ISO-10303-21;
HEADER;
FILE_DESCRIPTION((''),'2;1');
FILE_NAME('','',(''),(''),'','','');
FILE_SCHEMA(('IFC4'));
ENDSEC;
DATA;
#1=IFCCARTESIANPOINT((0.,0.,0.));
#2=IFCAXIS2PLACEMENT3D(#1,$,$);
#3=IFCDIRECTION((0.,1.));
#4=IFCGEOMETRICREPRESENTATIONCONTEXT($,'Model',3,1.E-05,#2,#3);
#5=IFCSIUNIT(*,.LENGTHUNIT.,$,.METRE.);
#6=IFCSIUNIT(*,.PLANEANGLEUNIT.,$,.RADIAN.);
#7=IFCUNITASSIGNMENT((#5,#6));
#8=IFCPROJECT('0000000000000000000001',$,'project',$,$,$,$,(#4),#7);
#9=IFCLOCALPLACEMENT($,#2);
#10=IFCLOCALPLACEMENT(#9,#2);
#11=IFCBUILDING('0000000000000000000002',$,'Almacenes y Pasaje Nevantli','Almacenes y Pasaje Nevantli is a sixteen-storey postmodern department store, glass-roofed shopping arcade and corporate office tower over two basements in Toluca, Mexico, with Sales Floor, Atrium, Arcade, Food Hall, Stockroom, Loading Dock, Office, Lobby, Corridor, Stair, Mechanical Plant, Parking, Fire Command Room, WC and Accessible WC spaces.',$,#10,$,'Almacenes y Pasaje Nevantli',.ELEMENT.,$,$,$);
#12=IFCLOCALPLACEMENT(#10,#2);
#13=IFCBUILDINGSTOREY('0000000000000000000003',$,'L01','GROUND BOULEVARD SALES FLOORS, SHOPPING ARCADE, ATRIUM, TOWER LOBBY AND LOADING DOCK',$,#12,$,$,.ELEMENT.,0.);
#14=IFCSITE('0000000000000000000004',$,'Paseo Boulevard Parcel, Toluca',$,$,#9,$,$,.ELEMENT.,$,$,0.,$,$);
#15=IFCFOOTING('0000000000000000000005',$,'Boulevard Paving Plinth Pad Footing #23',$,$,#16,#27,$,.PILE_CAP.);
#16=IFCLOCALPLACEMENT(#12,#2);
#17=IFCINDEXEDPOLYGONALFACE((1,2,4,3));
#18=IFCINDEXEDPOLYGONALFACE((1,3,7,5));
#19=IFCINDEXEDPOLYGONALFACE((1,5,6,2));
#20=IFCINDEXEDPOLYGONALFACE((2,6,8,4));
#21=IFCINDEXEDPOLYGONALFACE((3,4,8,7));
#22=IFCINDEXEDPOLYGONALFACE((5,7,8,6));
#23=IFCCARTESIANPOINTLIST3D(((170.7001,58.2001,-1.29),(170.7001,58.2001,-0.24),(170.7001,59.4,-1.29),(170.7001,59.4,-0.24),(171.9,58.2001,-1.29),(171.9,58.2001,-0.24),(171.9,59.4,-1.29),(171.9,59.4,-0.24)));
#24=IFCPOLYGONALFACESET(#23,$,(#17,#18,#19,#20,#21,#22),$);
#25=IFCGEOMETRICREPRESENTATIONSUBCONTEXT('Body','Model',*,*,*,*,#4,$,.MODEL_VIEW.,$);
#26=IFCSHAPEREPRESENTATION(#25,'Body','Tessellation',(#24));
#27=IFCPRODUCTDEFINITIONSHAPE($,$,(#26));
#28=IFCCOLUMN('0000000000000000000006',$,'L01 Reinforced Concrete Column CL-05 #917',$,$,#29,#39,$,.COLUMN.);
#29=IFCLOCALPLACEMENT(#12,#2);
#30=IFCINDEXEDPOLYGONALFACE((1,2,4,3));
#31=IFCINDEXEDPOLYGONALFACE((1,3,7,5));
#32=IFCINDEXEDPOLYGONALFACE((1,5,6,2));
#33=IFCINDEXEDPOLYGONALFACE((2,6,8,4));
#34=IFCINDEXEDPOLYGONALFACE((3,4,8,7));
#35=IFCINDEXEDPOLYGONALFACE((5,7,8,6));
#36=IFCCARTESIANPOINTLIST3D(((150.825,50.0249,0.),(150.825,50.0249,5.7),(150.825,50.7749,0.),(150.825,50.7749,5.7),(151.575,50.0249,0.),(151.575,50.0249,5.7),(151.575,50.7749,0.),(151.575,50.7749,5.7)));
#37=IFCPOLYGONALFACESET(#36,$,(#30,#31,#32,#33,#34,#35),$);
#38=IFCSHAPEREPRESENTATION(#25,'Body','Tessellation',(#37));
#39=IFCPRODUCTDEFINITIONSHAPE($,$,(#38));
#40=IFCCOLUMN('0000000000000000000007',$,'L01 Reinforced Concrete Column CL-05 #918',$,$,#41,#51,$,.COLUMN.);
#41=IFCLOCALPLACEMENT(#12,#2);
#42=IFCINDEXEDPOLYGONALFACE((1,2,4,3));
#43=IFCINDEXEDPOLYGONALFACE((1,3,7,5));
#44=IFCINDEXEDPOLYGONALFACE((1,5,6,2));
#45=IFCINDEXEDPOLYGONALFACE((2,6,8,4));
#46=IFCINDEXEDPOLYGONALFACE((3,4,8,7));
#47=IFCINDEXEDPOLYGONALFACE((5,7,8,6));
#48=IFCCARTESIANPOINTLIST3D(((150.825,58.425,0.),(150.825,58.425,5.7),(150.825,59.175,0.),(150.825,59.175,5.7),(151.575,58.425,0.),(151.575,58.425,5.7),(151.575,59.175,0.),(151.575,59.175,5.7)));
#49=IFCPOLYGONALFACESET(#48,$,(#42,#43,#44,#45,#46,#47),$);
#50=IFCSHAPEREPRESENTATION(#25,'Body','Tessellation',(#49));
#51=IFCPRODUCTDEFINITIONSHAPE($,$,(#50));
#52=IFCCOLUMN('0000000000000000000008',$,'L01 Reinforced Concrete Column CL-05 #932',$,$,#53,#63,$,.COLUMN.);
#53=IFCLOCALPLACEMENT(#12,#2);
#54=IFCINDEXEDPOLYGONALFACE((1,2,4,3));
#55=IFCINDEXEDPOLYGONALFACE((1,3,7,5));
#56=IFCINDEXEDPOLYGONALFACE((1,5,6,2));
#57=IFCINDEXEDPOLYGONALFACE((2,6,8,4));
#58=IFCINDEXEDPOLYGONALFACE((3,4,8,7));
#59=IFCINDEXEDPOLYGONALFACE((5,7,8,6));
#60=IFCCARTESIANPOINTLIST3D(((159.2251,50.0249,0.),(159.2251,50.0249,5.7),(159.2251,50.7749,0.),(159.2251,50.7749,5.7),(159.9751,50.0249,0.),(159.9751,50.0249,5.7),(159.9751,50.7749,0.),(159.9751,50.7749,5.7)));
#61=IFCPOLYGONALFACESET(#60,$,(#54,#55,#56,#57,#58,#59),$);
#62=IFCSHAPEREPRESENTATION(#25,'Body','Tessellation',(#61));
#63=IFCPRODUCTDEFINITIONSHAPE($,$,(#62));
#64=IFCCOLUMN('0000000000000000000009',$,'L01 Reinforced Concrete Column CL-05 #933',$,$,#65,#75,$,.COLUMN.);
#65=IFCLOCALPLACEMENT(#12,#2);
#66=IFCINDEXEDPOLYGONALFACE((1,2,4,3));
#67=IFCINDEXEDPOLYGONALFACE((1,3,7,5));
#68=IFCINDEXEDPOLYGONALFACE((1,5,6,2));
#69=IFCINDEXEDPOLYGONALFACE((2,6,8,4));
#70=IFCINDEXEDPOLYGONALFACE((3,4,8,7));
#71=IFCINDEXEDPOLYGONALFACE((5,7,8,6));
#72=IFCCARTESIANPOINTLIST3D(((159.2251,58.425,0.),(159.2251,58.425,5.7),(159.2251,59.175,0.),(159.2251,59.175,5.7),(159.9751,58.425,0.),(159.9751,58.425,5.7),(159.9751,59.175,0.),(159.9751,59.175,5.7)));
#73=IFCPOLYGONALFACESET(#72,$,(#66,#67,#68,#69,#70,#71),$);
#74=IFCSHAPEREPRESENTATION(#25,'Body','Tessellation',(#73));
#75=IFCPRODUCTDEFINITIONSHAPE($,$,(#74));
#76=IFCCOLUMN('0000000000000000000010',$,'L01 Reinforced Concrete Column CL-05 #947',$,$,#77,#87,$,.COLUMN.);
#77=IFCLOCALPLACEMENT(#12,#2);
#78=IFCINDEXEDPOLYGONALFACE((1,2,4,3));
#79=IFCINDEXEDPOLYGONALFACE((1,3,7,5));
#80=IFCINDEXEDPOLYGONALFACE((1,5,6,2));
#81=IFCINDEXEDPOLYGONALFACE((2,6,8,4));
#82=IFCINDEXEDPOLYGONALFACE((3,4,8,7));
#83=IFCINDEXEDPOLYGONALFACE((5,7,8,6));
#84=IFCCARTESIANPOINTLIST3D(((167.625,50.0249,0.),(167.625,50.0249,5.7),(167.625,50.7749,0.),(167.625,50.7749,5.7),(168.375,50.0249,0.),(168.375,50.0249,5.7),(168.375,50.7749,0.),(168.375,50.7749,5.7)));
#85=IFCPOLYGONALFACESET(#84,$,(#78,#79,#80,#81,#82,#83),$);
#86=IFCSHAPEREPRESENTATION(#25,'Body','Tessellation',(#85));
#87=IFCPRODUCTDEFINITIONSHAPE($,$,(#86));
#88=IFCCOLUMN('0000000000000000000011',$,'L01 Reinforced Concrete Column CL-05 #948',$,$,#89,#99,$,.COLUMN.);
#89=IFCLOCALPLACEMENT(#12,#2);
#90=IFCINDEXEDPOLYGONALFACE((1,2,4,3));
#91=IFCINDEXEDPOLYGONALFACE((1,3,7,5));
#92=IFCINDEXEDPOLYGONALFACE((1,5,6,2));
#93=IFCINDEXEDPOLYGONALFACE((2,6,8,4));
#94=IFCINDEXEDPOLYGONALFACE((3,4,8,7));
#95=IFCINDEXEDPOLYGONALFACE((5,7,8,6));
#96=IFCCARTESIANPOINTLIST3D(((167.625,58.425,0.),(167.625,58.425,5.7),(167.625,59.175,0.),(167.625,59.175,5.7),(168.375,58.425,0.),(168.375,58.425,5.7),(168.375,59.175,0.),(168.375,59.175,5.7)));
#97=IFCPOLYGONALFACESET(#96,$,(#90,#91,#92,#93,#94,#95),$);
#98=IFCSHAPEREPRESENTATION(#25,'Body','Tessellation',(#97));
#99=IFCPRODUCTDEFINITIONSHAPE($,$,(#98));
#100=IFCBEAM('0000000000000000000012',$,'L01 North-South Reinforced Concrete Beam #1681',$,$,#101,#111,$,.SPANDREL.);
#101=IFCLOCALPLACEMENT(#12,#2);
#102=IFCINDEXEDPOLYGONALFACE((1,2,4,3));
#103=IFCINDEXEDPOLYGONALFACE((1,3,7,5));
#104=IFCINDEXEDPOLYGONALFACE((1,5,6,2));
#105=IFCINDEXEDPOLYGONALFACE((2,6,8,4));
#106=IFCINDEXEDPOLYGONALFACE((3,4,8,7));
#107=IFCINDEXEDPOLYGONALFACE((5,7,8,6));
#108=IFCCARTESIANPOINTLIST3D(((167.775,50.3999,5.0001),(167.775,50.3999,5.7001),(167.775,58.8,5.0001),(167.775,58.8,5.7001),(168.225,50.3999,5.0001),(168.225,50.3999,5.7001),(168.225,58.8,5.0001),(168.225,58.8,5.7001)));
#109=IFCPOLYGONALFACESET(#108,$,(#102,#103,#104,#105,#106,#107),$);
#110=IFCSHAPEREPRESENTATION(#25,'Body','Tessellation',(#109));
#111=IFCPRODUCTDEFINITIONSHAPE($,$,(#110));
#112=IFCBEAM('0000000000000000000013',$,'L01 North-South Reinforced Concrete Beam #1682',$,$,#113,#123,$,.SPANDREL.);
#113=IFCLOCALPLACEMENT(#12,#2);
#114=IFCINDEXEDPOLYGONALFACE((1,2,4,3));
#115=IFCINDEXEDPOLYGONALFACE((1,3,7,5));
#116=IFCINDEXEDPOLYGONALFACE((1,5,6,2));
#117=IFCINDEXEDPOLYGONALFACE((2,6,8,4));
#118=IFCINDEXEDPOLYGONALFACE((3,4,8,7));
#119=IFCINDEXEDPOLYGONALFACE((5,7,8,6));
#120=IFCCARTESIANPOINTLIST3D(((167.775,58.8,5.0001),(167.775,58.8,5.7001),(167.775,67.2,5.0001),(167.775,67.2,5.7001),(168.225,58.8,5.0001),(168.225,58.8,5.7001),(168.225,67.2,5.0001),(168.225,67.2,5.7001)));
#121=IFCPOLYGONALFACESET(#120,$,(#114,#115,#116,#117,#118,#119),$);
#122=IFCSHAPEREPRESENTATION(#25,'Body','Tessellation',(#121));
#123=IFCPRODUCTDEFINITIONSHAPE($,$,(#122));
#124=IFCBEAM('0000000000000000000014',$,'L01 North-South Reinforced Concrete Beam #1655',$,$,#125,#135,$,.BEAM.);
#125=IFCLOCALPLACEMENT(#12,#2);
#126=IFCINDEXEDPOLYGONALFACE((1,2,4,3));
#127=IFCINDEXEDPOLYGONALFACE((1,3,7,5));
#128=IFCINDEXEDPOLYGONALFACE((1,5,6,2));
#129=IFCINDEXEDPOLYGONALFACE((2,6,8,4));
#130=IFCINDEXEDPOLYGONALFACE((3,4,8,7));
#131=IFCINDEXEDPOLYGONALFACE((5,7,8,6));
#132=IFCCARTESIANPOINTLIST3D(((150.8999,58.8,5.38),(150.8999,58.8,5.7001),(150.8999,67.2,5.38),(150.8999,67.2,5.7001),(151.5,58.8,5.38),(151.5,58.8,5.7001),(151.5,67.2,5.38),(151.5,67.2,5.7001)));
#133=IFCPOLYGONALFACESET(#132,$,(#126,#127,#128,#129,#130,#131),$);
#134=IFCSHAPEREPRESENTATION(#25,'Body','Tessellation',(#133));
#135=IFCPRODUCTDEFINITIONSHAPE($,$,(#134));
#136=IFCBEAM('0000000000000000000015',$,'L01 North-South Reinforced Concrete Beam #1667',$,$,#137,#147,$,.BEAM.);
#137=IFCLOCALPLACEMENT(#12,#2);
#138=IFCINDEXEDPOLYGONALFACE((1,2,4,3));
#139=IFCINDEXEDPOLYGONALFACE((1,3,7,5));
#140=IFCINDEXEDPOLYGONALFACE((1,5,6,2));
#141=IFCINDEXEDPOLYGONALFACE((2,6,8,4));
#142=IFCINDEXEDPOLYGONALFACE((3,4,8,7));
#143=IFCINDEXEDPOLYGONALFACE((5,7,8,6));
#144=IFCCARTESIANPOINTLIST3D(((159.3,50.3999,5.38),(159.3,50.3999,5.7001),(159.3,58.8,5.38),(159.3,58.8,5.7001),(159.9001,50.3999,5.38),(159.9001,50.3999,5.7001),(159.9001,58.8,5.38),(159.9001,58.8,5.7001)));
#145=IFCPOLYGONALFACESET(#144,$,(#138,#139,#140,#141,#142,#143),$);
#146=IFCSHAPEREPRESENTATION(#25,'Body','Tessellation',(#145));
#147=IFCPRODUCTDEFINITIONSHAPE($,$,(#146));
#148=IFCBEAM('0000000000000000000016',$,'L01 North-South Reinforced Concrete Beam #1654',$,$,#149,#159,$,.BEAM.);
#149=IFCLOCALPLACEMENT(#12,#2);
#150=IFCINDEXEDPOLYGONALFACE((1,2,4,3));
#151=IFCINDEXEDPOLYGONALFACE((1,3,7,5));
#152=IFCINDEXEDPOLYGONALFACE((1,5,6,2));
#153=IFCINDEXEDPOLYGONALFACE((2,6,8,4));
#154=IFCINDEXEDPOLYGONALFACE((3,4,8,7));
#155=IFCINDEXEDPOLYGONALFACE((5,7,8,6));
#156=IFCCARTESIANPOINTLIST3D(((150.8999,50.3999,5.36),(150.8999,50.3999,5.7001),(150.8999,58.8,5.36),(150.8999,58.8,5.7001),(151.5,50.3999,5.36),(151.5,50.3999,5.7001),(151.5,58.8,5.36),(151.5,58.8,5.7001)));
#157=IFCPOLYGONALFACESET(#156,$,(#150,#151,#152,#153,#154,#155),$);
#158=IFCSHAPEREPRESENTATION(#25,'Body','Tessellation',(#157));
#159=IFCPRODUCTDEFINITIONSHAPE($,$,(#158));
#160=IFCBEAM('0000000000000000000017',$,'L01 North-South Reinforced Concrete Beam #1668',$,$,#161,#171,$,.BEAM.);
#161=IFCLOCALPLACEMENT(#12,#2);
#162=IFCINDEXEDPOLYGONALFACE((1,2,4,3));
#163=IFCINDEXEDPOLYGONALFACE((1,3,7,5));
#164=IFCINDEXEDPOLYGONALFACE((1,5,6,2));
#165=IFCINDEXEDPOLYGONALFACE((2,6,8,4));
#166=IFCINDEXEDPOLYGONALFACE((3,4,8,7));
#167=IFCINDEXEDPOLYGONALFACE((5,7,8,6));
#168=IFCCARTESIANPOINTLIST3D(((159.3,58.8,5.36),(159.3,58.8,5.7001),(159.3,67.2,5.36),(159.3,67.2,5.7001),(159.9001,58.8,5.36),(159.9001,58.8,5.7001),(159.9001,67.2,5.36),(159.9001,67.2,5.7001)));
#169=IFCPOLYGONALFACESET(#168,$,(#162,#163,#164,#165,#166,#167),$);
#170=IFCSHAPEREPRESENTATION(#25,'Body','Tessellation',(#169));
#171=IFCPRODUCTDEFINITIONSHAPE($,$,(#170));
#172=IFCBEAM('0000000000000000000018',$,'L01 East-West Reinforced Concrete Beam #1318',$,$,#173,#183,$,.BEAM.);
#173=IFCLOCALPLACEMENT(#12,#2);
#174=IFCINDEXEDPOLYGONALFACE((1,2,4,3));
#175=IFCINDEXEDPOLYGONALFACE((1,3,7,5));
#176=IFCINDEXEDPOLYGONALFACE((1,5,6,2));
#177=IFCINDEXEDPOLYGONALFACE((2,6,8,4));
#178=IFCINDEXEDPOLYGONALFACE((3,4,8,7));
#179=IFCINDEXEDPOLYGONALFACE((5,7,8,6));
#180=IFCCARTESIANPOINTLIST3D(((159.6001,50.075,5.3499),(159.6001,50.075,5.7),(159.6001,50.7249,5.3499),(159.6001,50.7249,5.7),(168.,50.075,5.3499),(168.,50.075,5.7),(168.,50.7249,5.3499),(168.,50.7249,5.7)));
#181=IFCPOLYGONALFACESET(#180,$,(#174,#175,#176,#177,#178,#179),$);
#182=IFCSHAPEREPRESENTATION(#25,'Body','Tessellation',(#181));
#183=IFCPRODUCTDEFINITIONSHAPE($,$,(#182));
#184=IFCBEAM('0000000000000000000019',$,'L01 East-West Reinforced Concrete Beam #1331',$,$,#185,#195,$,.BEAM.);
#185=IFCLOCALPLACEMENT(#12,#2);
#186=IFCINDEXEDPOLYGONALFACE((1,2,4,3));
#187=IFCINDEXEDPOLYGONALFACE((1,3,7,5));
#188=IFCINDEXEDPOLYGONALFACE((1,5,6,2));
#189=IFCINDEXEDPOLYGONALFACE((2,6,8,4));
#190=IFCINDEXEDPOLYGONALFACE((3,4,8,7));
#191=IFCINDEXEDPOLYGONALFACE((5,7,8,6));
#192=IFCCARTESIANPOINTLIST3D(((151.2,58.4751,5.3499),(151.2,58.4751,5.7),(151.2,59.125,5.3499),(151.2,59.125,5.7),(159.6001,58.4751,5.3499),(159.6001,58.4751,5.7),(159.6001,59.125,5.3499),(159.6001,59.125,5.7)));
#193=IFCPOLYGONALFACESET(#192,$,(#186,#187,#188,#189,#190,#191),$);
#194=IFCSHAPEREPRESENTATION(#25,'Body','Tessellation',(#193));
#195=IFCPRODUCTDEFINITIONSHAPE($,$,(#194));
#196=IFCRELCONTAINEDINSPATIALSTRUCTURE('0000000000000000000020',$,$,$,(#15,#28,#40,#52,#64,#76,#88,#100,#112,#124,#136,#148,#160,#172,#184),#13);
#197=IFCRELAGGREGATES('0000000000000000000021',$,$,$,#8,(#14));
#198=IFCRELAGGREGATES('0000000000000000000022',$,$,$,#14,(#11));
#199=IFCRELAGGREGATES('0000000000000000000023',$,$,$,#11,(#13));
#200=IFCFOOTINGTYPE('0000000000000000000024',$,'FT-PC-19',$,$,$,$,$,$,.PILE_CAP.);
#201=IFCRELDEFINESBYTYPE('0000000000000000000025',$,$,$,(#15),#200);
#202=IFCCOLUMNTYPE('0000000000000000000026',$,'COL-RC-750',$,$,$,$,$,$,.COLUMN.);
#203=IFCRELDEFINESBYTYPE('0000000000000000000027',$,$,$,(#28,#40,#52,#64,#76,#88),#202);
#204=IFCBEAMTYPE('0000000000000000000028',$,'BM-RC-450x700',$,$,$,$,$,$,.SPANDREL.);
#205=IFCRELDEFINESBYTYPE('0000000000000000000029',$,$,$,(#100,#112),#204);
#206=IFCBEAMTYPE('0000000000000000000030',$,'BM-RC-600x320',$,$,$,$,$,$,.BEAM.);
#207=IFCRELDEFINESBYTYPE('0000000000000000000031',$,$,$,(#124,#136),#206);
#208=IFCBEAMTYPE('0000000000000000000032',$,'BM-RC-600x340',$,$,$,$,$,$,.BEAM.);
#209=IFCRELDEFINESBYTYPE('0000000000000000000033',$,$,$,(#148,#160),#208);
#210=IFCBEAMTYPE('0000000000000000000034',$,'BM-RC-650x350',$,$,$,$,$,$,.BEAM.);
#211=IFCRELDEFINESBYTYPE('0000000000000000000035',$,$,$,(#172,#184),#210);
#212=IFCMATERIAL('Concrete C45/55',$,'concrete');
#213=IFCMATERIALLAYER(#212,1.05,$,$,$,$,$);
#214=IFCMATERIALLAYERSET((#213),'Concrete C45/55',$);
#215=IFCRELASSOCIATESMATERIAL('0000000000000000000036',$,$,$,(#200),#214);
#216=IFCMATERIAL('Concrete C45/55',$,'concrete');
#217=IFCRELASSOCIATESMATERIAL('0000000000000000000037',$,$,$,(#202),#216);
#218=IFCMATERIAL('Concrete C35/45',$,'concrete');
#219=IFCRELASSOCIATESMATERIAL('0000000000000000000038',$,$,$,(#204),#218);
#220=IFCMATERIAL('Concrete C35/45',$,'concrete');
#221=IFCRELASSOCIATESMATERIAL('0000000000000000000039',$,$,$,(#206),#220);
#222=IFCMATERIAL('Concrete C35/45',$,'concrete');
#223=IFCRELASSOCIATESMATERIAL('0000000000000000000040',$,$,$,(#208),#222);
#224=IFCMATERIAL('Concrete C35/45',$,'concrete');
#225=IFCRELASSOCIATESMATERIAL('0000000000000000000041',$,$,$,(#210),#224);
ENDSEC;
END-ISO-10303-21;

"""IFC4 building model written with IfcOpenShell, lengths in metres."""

from ifc_helpers import new_model, si_unit, direction, frame, origin, origin_2d, place, context, subcontext, project, spatial, rectangle, extrude, material, layer, layer_set, material_profile, profile_set, type_object, element, save


model = new_model("IFC4")

# Units and contexts
model_context = context("Model", 3, precision=1e-05, world=origin(), true_north=direction((0.0, 1.0)))
body_context = subcontext(model_context, "Body", "Model", "MODEL_VIEW")
ifc_project = project(units=[si_unit("LENGTHUNIT", "METRE"), si_unit("PLANEANGLEUNIT", "RADIAN")], contexts=[model_context])

# Site, building, storey
site_placement = place(None, origin())
site = spatial("IfcSite", under=ifc_project, at=site_placement, Name="Paseo Boulevard Parcel, Toluca", CompositionType="ELEMENT", RefElevation=0.0)
building_placement = place(site_placement, origin())
building = spatial("IfcBuilding", under=site, at=building_placement, Name="Almacenes y Pasaje Nevantli", Description="Almacenes y Pasaje Nevantli is a sixteen-storey postmodern department store, glass-roofed shopping arcade and corporate office tower over two basements in Toluca, Mexico, with Sales Floor, Atrium, Arcade, Food Hall, Stockroom, Loading Dock, Office, Lobby, Corridor, Stair, Mechanical Plant, Parking, Fire Command Room, WC and Accessible WC spaces.", LongName="Almacenes y Pasaje Nevantli", CompositionType="ELEMENT")
storey_placement = place(building_placement, origin())
storey = spatial("IfcBuildingStorey", under=building, at=storey_placement, Name="L01", Description="GROUND BOULEVARD SALES FLOORS, SHOPPING ARCADE, ATRIUM, TOWER LOBBY AND LOADING DOCK", CompositionType="ELEMENT", Elevation=0.0)

# Footing
ifc_material_1 = material(Name="Concrete C45/55", Category="concrete")
ifc_layer_1 = layer(ifc_material_1, 1.05)
ifc_layer_set_1 = layer_set([ifc_layer_1], Name="Concrete C45/55")
footing_type = type_object("IfcFootingType", Name="FT-PC-19", PredefinedType="PILE_CAP", material=ifc_layer_set_1)
footing_placement = place(storey_placement, frame((171.3, 58.8, -1.29), z_axis=(0.0, 0.0, 1.0), x_axis=(1.0, 0.0, 0.0)))
element("IfcFooting", 1, at=footing_placement, inside=storey, type_object=footing_type, Name="Boulevard Paving Plinth Pad Footing #23", PredefinedType="PILE_CAP", context=body_context, shape_type="SweptSolid", body=[
    extrude(rectangle(XDim=1.2, YDim=1.2, at=origin_2d()), origin(), (0.0, 0.0, 1.0), 1.05),
])

# Columns
ifc_material_2 = material(Name="Concrete C45/55", Category="concrete")
ifc_material_profile_1 = material_profile(ifc_material_2, rectangle(XDim=0.75, YDim=0.75, at=origin_2d()), Name="RC-COL-750x750")
ifc_profile_set_1 = profile_set([ifc_material_profile_1], Name="Concrete C45/55")
column_type = type_object("IfcColumnType", Name="COL-RC-750", PredefinedType="COLUMN", material=ifc_profile_set_1)
for number, where, z_axis, x_axis, name in (
    (2, (151.2, 50.3999, 0.0), (0.0, 0.0, 1.0), (1.0, 0.0, 0.0), "L01 Reinforced Concrete Column CL-05 #917"),
    (3, (151.2, 58.8, 0.0), (0.0, 0.0, 1.0), (1.0, 0.0, 0.0), "L01 Reinforced Concrete Column CL-05 #918"),
    (4, (159.6001, 50.3999, 0.0), (0.0, 0.0, 1.0), (1.0, 0.0, 0.0), "L01 Reinforced Concrete Column CL-05 #932"),
    (5, (159.6001, 58.8, 0.0), (0.0, 0.0, 1.0), (1.0, 0.0, 0.0), "L01 Reinforced Concrete Column CL-05 #933"),
    (6, (168.0, 50.3999, 0.0), (0.0, 0.0, 1.0), (1.0, 0.0, 0.0), "L01 Reinforced Concrete Column CL-05 #947"),
    (7, (168.0, 58.8, 0.0), (0.0, 0.0, 1.0), (1.0, 0.0, 0.0), "L01 Reinforced Concrete Column CL-05 #948"),
):
    element("IfcColumn", number, at=place(storey_placement, frame(where, z_axis=z_axis, x_axis=x_axis)), inside=storey, type_object=column_type, Name=name, PredefinedType="COLUMN", context=body_context, shape_type="SweptSolid", body=[
        extrude(rectangle(XDim=0.75, YDim=0.75, at=origin_2d()), origin(), (0.0, 0.0, 1.0), 5.7),
    ])

# Beams
ifc_material_3 = material(Name="Concrete C35/45", Category="concrete")
ifc_material_profile_2 = material_profile(ifc_material_3, rectangle(XDim=0.45, YDim=0.7, at=origin_2d()), Name="RC-BM-450x700")
ifc_profile_set_2 = profile_set([ifc_material_profile_2], Name="Concrete C35/45")
beam_type_1 = type_object("IfcBeamType", Name="BM-RC-450x700", PredefinedType="SPANDREL", material=ifc_profile_set_2)
beam_1_placement = place(storey_placement, frame((168.0, 50.3999, 5.3501), z_axis=(0.0, 1.0, 0.0), x_axis=(-1.0, 0.0, 0.0)))
element("IfcBeam", 8, at=beam_1_placement, inside=storey, type_object=beam_type_1, Name="L01 North-South Reinforced Concrete Beam #1681", PredefinedType="SPANDREL", context=body_context, shape_type="SweptSolid", body=[
    extrude(rectangle(XDim=0.45, YDim=0.7, at=origin_2d()), origin(), (0.0, 0.0, 1.0), 8.4001),
])
beam_2_placement = place(storey_placement, frame((168.0, 58.8, 5.3501), z_axis=(0.0, 1.0, 0.0), x_axis=(-1.0, 0.0, 0.0)))
element("IfcBeam", 9, at=beam_2_placement, inside=storey, type_object=beam_type_1, Name="L01 North-South Reinforced Concrete Beam #1682", PredefinedType="SPANDREL", context=body_context, shape_type="SweptSolid", body=[
    extrude(rectangle(XDim=0.45, YDim=0.7, at=origin_2d()), origin(), (0.0, 0.0, 1.0), 8.3999),
])
ifc_material_4 = material(Name="Concrete C35/45", Category="concrete")
ifc_material_profile_3 = material_profile(ifc_material_4, rectangle(XDim=0.6001, YDim=0.3201, at=origin_2d()), Name="RC-BM-600x320")
ifc_profile_set_3 = profile_set([ifc_material_profile_3], Name="Concrete C35/45")
beam_type_2 = type_object("IfcBeamType", Name="BM-RC-600x320", PredefinedType="BEAM", material=ifc_profile_set_3)
beam_3_placement = place(storey_placement, frame((151.2, 58.8, 5.54), z_axis=(0.0, 1.0, 0.0), x_axis=(-1.0, 0.0, 0.0)))
element("IfcBeam", 10, at=beam_3_placement, inside=storey, type_object=beam_type_2, Name="L01 North-South Reinforced Concrete Beam #1655", PredefinedType="BEAM", context=body_context, shape_type="SweptSolid", body=[
    extrude(rectangle(XDim=0.6001, YDim=0.3201, at=origin_2d()), origin(), (0.0, 0.0, 1.0), 8.3999),
])
beam_4_placement = place(storey_placement, frame((159.6001, 50.3999, 5.54), z_axis=(0.0, 1.0, 0.0), x_axis=(-1.0, 0.0, 0.0)))
element("IfcBeam", 11, at=beam_4_placement, inside=storey, type_object=beam_type_2, Name="L01 North-South Reinforced Concrete Beam #1667", PredefinedType="BEAM", context=body_context, shape_type="SweptSolid", body=[
    extrude(rectangle(XDim=0.6001, YDim=0.3201, at=origin_2d()), origin(), (0.0, 0.0, 1.0), 8.4001),
])
ifc_material_5 = material(Name="Concrete C35/45", Category="concrete")
ifc_material_profile_4 = material_profile(ifc_material_5, rectangle(XDim=0.6001, YDim=0.3401, at=origin_2d()), Name="RC-BM-600x340")
ifc_profile_set_4 = profile_set([ifc_material_profile_4], Name="Concrete C35/45")
beam_type_3 = type_object("IfcBeamType", Name="BM-RC-600x340", PredefinedType="BEAM", material=ifc_profile_set_4)
beam_5_placement = place(storey_placement, frame((151.2, 50.3999, 5.53), z_axis=(0.0, 1.0, 0.0), x_axis=(-1.0, 0.0, 0.0)))
element("IfcBeam", 12, at=beam_5_placement, inside=storey, type_object=beam_type_3, Name="L01 North-South Reinforced Concrete Beam #1654", PredefinedType="BEAM", context=body_context, shape_type="SweptSolid", body=[
    extrude(rectangle(XDim=0.6001, YDim=0.3401, at=origin_2d()), origin(), (0.0, 0.0, 1.0), 8.4001),
])
beam_6_placement = place(storey_placement, frame((159.6001, 58.8, 5.53), z_axis=(0.0, 1.0, 0.0), x_axis=(-1.0, 0.0, 0.0)))
element("IfcBeam", 13, at=beam_6_placement, inside=storey, type_object=beam_type_3, Name="L01 North-South Reinforced Concrete Beam #1668", PredefinedType="BEAM", context=body_context, shape_type="SweptSolid", body=[
    extrude(rectangle(XDim=0.6001, YDim=0.3401, at=origin_2d()), origin(), (0.0, 0.0, 1.0), 8.3999),
])
ifc_material_6 = material(Name="Concrete C35/45", Category="concrete")
ifc_material_profile_5 = material_profile(ifc_material_6, rectangle(XDim=0.6499, YDim=0.3501, at=origin_2d()), Name="RC-BM-650x350")
ifc_profile_set_5 = profile_set([ifc_material_profile_5], Name="Concrete C35/45")
beam_type_4 = type_object("IfcBeamType", Name="BM-RC-650x350", PredefinedType="BEAM", material=ifc_profile_set_5)
beam_7_placement = place(storey_placement, frame((159.6001, 50.3999, 5.5249), z_axis=(1.0, 0.0, 0.0), x_axis=(0.0, 1.0, 0.0)))
element("IfcBeam", 14, at=beam_7_placement, inside=storey, type_object=beam_type_4, Name="L01 East-West Reinforced Concrete Beam #1318", PredefinedType="BEAM", context=body_context, shape_type="SweptSolid", body=[
    extrude(rectangle(XDim=0.6499, YDim=0.3501, at=origin_2d()), origin(), (0.0, 0.0, 1.0), 8.3999),
])
beam_8_placement = place(storey_placement, frame((151.2, 58.8, 5.5249), z_axis=(1.0, 0.0, 0.0), x_axis=(0.0, 1.0, 0.0)))
element("IfcBeam", 15, at=beam_8_placement, inside=storey, type_object=beam_type_4, Name="L01 East-West Reinforced Concrete Beam #1331", PredefinedType="BEAM", context=body_context, shape_type="SweptSolid", body=[
    extrude(rectangle(XDim=0.6499, YDim=0.3501, at=origin_2d()), origin(), (0.0, 0.0, 1.0), 8.4001),
])

save(model, "model.ifc")
